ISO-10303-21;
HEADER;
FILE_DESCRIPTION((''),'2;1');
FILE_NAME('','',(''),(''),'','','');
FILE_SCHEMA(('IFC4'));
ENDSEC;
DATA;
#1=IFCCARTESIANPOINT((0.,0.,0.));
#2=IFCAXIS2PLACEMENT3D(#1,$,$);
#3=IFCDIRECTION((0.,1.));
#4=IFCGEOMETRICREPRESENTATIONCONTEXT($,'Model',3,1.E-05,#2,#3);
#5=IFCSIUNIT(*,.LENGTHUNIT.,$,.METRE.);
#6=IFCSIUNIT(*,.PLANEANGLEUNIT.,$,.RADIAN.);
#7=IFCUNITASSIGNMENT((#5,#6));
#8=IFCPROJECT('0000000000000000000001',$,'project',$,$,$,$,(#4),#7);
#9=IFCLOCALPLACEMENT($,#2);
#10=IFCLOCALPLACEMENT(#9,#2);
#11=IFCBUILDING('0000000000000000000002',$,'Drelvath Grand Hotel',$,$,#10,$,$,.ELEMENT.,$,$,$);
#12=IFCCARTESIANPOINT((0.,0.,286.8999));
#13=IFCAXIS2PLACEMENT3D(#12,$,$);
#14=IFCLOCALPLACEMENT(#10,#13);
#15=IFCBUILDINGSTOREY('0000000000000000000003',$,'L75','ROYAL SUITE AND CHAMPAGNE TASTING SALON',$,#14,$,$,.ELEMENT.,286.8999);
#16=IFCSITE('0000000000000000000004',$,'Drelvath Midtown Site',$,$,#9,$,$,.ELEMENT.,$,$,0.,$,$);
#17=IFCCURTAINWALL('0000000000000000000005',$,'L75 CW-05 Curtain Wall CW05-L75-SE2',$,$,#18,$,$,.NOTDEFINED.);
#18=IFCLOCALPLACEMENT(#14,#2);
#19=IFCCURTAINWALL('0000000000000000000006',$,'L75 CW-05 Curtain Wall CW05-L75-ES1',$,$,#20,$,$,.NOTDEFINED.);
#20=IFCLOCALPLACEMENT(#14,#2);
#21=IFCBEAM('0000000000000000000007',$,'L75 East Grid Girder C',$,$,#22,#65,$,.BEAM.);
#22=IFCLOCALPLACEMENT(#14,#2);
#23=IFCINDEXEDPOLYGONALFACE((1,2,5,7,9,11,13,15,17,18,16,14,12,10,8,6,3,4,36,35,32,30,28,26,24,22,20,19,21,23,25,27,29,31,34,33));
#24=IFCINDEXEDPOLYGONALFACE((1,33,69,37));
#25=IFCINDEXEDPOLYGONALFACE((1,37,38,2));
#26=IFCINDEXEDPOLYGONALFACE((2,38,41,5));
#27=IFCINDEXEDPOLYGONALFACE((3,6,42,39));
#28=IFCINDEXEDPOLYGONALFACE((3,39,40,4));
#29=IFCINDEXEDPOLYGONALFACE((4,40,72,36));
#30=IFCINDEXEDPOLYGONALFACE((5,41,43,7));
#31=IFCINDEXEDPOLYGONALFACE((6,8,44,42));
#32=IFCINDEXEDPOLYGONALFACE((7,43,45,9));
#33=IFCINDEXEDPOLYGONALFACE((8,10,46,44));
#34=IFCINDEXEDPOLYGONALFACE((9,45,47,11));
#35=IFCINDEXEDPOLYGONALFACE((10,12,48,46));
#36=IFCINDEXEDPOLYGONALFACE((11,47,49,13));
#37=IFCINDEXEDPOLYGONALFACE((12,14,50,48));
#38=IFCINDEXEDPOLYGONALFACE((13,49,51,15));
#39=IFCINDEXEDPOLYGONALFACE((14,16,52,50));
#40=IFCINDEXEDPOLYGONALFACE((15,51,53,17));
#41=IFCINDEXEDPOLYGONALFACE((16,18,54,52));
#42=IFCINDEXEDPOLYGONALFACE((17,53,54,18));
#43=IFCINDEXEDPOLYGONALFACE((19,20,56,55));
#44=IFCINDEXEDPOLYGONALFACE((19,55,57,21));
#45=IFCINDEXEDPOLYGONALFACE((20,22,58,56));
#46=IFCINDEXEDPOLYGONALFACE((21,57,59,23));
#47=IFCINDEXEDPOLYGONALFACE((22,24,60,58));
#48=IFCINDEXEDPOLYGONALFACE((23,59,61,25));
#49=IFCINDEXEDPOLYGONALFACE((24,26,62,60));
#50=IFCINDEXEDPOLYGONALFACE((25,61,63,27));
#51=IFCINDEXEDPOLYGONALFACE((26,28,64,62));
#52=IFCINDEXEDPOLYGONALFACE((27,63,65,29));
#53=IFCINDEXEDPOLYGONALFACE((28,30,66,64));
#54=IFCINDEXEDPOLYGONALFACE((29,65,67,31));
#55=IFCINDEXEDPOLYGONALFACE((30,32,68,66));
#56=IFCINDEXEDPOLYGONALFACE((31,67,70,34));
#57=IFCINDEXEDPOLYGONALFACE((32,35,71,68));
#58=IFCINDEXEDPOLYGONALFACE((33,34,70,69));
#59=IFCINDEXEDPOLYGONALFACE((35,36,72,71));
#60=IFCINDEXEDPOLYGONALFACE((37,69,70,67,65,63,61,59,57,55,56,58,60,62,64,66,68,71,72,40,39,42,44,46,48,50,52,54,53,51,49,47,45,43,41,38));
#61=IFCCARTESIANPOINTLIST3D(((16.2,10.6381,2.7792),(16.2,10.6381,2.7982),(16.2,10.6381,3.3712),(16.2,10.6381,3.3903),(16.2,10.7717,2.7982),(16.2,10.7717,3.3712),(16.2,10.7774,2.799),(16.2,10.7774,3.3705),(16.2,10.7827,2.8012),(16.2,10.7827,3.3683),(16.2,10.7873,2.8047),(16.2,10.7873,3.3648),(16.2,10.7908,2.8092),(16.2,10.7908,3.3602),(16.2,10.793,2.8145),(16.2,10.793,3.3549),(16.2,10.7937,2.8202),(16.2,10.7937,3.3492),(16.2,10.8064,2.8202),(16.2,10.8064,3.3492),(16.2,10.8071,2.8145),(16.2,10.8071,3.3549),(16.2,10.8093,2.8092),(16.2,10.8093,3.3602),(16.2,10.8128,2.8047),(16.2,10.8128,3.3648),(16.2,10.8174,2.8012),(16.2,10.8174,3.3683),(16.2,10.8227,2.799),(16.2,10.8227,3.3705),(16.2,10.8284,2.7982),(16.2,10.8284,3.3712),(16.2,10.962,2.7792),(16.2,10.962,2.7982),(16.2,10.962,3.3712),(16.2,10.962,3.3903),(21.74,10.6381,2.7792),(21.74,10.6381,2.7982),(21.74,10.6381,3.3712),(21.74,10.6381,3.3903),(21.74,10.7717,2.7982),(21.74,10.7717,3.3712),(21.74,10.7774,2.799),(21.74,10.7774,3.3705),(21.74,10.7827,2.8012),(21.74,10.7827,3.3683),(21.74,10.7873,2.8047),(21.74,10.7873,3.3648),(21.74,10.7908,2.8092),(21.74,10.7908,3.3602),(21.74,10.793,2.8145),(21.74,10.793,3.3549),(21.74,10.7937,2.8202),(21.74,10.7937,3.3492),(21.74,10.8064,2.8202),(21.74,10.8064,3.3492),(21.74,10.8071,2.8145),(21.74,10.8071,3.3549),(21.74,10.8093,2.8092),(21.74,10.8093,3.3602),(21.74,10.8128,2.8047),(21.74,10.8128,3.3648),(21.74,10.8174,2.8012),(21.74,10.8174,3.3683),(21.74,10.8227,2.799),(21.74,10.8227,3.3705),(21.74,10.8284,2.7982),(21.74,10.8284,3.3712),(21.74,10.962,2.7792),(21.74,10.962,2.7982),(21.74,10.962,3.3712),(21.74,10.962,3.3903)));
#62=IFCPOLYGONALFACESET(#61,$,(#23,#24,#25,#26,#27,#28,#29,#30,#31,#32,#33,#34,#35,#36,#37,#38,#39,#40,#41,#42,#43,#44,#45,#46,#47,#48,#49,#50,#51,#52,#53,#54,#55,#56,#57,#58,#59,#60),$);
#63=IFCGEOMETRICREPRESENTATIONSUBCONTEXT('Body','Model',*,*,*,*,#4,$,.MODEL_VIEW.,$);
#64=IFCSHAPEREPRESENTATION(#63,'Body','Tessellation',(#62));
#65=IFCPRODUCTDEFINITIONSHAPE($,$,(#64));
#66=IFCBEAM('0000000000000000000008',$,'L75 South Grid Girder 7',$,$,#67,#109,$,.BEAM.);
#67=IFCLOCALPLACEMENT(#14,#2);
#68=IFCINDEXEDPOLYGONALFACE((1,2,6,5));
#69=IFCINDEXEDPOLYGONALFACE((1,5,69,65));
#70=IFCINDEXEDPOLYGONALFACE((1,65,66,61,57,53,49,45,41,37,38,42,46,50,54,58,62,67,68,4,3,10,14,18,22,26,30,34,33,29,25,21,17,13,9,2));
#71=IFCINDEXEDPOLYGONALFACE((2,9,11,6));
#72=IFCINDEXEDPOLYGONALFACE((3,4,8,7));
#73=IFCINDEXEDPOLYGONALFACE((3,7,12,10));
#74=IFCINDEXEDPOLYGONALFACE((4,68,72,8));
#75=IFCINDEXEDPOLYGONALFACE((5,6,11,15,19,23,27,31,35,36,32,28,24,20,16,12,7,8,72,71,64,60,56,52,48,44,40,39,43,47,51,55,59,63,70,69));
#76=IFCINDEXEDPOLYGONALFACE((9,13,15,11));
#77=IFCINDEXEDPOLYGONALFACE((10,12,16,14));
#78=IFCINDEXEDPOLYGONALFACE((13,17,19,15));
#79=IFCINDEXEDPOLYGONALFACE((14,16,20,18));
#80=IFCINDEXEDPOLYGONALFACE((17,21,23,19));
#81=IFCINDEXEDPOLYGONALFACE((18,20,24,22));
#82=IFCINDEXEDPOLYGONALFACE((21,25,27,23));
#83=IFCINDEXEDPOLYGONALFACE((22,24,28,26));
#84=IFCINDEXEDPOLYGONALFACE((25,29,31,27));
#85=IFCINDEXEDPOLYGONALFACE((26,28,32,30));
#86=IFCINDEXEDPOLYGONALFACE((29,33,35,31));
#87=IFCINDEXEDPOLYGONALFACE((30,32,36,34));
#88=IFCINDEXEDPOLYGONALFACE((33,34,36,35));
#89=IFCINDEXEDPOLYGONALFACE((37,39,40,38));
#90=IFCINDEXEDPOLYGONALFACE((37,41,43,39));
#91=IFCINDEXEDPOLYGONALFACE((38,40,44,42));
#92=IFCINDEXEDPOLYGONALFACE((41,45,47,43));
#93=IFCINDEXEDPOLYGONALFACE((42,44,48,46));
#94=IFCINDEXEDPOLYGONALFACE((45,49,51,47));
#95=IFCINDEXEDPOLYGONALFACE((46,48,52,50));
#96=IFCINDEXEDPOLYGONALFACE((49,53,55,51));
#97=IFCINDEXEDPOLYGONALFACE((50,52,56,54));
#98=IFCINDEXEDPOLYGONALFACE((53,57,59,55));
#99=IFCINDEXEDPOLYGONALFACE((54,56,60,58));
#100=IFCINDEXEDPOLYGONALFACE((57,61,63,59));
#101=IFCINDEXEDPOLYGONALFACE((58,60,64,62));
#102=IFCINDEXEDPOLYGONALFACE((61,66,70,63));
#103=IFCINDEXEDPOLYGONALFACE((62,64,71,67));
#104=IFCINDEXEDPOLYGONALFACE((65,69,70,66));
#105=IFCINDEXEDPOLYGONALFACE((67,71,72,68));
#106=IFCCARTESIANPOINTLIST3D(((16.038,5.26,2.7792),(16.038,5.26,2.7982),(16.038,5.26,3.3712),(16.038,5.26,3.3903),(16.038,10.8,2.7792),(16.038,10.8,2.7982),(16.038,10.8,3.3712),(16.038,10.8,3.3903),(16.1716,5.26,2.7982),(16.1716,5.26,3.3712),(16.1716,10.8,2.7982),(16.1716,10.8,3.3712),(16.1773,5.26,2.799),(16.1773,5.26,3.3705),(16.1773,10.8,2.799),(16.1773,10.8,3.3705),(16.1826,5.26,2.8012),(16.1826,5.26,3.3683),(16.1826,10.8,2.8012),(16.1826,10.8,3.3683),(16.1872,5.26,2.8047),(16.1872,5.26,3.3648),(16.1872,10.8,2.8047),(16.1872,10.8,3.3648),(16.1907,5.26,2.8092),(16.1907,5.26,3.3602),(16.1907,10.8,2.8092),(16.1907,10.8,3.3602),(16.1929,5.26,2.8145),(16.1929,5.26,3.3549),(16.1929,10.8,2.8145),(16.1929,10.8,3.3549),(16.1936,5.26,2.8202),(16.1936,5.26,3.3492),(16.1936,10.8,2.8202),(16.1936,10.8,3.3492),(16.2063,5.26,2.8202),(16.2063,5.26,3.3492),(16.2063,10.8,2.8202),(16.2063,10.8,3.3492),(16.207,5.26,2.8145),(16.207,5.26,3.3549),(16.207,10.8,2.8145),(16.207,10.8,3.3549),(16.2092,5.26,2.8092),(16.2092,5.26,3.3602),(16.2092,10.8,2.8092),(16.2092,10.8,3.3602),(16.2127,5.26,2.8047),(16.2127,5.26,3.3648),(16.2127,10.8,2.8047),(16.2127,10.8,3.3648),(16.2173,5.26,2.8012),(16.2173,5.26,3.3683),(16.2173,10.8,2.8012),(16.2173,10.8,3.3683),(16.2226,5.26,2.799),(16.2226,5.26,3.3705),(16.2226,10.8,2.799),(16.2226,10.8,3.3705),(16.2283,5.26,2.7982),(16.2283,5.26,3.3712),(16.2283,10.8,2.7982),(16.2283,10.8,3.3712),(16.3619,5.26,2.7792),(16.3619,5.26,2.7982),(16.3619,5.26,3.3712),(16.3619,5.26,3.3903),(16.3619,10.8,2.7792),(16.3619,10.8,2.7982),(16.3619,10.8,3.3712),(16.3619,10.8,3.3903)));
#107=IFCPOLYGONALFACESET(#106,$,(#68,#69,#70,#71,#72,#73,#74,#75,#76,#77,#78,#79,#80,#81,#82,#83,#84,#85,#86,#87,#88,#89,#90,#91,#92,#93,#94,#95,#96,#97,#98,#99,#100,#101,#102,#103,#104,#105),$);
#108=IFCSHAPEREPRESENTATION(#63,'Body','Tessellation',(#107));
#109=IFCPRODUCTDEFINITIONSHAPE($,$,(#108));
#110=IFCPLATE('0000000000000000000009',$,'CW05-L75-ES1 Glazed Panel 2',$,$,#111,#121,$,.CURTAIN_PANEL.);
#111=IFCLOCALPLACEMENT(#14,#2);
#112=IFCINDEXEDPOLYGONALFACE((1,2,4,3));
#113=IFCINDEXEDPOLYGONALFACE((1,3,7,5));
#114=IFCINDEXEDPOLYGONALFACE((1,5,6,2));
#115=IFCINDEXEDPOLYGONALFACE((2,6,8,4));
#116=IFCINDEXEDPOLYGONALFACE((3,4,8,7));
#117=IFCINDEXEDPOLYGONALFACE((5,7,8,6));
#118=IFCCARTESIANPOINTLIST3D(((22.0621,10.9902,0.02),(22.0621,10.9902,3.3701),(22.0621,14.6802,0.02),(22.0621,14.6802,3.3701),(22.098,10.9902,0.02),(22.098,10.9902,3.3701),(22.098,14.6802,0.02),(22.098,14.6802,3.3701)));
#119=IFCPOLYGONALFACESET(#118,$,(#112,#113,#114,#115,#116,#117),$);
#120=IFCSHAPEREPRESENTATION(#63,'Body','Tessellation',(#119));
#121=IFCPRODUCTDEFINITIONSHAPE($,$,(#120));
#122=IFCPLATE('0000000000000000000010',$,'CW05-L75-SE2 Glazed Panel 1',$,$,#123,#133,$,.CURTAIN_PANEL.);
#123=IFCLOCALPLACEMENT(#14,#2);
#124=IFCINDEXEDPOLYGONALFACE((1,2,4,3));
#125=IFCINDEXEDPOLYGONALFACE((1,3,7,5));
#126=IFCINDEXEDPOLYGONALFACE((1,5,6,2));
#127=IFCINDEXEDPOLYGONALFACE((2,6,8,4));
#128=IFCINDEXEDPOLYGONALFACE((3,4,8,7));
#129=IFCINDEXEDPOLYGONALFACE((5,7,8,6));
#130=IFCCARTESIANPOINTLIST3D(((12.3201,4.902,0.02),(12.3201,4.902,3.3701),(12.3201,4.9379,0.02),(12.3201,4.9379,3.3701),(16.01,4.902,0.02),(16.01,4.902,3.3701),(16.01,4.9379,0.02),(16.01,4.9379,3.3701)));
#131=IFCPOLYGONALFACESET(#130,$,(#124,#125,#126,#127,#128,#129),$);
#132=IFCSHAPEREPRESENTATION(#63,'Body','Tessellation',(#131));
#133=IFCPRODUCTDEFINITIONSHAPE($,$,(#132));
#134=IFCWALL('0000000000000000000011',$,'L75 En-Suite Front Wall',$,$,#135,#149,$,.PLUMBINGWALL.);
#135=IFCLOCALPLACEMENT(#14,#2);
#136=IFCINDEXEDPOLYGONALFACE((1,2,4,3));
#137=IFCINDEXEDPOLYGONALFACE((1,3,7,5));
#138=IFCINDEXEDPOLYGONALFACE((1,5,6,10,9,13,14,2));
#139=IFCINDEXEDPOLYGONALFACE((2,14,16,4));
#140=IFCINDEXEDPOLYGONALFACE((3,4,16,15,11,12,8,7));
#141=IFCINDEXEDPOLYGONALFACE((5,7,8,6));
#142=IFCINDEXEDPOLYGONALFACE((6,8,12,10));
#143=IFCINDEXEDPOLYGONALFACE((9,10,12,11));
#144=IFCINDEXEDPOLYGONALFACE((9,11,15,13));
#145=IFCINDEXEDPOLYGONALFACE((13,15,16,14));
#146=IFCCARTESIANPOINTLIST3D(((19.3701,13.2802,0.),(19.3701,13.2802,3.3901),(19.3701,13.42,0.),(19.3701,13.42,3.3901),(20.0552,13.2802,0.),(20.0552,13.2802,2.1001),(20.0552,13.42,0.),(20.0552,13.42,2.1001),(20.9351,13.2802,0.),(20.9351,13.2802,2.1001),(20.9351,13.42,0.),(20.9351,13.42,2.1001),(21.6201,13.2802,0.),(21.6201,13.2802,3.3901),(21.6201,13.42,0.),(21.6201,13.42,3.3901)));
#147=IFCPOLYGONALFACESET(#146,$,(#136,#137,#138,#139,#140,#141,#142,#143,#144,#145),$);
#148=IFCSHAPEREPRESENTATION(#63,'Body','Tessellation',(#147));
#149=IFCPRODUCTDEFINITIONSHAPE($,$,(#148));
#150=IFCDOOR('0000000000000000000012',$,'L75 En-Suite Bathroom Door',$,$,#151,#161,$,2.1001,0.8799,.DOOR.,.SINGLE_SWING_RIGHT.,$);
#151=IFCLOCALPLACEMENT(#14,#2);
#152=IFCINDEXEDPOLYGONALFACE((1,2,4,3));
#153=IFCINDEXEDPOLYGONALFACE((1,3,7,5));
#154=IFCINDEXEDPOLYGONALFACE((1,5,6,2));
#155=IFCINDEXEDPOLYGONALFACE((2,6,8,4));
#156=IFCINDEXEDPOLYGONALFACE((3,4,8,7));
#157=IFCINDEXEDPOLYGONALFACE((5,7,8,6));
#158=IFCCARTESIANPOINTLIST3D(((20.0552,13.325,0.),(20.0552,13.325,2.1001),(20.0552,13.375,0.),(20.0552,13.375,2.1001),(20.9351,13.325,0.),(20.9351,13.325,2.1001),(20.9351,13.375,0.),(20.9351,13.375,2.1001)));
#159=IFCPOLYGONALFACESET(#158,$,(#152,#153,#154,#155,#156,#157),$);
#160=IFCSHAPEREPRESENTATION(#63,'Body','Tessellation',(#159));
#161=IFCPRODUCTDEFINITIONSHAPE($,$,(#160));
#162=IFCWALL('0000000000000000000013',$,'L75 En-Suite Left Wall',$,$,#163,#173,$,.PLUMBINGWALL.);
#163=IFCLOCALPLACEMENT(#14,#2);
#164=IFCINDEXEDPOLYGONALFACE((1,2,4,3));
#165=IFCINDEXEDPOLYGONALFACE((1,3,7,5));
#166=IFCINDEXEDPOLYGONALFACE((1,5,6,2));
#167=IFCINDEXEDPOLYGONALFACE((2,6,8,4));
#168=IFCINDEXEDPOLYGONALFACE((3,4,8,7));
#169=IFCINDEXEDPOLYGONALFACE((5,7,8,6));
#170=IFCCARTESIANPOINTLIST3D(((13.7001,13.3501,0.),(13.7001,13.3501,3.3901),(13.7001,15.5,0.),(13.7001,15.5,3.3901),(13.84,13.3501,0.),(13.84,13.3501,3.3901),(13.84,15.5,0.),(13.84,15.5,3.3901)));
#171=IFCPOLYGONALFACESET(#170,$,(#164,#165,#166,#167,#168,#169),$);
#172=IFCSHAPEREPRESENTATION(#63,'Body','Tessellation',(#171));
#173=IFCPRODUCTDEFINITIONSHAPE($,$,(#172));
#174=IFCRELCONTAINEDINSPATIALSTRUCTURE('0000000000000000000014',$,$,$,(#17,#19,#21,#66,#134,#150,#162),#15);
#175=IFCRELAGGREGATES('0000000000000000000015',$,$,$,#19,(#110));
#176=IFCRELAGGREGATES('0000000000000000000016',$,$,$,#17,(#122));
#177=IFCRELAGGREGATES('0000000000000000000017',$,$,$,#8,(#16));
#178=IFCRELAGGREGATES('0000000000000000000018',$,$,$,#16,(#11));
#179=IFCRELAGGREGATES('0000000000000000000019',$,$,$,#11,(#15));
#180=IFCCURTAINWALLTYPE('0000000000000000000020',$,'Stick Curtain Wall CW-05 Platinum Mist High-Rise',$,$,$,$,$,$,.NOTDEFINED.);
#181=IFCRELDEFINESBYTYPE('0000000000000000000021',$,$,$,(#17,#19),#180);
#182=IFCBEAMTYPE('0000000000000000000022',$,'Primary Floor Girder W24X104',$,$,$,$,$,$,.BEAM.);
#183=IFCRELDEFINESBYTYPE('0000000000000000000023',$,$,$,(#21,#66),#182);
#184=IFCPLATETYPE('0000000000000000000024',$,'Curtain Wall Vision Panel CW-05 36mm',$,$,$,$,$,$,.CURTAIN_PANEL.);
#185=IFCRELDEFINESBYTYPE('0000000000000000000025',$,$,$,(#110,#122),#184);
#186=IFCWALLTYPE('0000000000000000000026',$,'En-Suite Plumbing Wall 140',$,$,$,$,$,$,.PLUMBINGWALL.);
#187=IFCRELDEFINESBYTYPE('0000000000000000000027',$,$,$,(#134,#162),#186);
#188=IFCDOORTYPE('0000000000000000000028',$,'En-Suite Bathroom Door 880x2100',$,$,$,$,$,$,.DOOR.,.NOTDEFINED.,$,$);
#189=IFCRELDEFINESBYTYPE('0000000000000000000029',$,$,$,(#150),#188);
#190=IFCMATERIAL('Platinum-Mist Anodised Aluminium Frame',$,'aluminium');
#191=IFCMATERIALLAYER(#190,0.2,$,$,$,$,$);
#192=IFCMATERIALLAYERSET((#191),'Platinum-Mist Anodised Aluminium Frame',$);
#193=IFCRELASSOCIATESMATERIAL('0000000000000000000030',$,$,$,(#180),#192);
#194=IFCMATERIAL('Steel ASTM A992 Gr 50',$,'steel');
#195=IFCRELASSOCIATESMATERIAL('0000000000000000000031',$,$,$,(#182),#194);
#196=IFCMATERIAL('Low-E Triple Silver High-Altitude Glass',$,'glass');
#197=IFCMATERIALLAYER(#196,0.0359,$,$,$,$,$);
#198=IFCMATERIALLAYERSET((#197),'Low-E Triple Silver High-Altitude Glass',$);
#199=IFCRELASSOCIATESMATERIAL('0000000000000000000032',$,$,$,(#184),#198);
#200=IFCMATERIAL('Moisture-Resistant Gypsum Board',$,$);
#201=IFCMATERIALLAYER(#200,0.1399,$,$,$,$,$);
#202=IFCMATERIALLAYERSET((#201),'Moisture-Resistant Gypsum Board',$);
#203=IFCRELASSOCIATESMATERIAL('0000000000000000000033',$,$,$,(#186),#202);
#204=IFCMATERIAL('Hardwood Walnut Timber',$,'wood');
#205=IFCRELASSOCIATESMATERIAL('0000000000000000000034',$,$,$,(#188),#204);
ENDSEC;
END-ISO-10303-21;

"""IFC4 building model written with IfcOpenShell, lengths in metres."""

from ifc_helpers import new_model, si_unit, direction, frame, frame_2d, origin, origin_2d, place, context, subcontext, project, spatial, rectangle, i_section, extrude, material, layer, layer_set, material_profile, profile_set, type_object, element, fill, aggregate, save


model = new_model("IFC4")

# Units and contexts
model_context = context("Model", 3, precision=1e-05, world=origin(), true_north=direction((0.0, 1.0)))
body_context = subcontext(model_context, "Body", "Model", "MODEL_VIEW")
ifc_project = project(units=[si_unit("LENGTHUNIT", "METRE"), si_unit("PLANEANGLEUNIT", "RADIAN")], contexts=[model_context])

# Site, building, storey
site_placement = place(None, origin())
site = spatial("IfcSite", under=ifc_project, at=site_placement, Name="Drelvath Midtown Site", CompositionType="ELEMENT", RefElevation=0.0)
building_placement = place(site_placement, origin())
building = spatial("IfcBuilding", under=site, at=building_placement, Name="Drelvath Grand Hotel", CompositionType="ELEMENT")
storey_placement = place(building_placement, frame((0.0, 0.0, 286.8999)))
storey = spatial("IfcBuildingStorey", under=building, at=storey_placement, Name="L75", Description="ROYAL SUITE AND CHAMPAGNE TASTING SALON", CompositionType="ELEMENT", Elevation=286.8999)

# Shared definitions
ifc_material_1 = material(Name="Steel ASTM A992 Gr 50", Category="steel")

# Curtain wall
ifc_material_2 = material(Name="Platinum-Mist Anodised Aluminium Frame", Category="aluminium")
ifc_layer_1 = layer(ifc_material_2, 0.2)
ifc_layer_set_1 = layer_set([ifc_layer_1], Name="Platinum-Mist Anodised Aluminium Frame")
curtain_wall_type = type_object("IfcCurtainWallType", Name="Stick Curtain Wall CW-05 Platinum Mist High-Rise", PredefinedType="NOTDEFINED", material=ifc_layer_set_1)
curtain_wall_1_placement = place(storey_placement, origin())
curtain_wall_1 = element("IfcCurtainWall", 1, at=curtain_wall_1_placement, inside=storey, type_object=curtain_wall_type, Name="L75 CW-05 Curtain Wall CW05-L75-SE2", PredefinedType="NOTDEFINED")

# Curtain wall
curtain_wall_2_placement = place(storey_placement, origin())
curtain_wall_2 = element("IfcCurtainWall", 2, at=curtain_wall_2_placement, inside=storey, type_object=curtain_wall_type, Name="L75 CW-05 Curtain Wall CW05-L75-ES1", PredefinedType="NOTDEFINED")

# Beams
ifc_material_profile_1 = material_profile(ifc_material_1, i_section(OverallWidth=0.324, OverallDepth=0.6111, WebThickness=0.0127, FlangeThickness=0.019, FilletRadius=0.022, at=origin_2d()), Name="W24X104")
ifc_profile_set_1 = profile_set([ifc_material_profile_1], Name="Steel ASTM A992 Gr 50")
beam_type_1 = type_object("IfcBeamType", Name="Primary Floor Girder W24X104", PredefinedType="BEAM", material=ifc_profile_set_1)
for number, where, z_axis, x_axis, name in (
    (3, (16.2, 10.8, 3.0847), (1.0, 0.0, 0.0), (0.0, 1.0, 0.0), "L75 East Grid Girder C"),
    (4, (16.2, 5.26, 3.0847), (0.0, 1.0, 0.0), (-1.0, 0.0, 0.0), "L75 South Grid Girder 7"),
):
    element("IfcBeam", number, at=place(storey_placement, frame(where, z_axis=z_axis, x_axis=x_axis)), inside=storey, type_object=beam_type_1, Name=name, PredefinedType="BEAM", context=body_context, shape_type="SweptSolid", body=[
        extrude(i_section(OverallWidth=0.324, OverallDepth=0.6111, WebThickness=0.0127, FlangeThickness=0.019, FilletRadius=0.022, at=origin_2d()), origin(), (0.0, 0.0, 1.0), 5.54),
    ])

# Plates
ifc_material_3 = material(Name="Low-E Triple Silver High-Altitude Glass", Category="glass")
ifc_layer_2 = layer(ifc_material_3, 0.0359)
ifc_layer_set_2 = layer_set([ifc_layer_2], Name="Low-E Triple Silver High-Altitude Glass")
plate_type = type_object("IfcPlateType", Name="Curtain Wall Vision Panel CW-05 36mm", PredefinedType="CURTAIN_PANEL", material=ifc_layer_set_2)
plate_1_placement = place(storey_placement, frame((22.0801, 12.8352, 0.02), z_axis=(0.0, 0.0, 1.0), x_axis=(0.0, -1.0, 0.0)))
plate_1 = element("IfcPlate", 5, at=plate_1_placement, type_object=plate_type, Name="CW05-L75-ES1 Glazed Panel 2", PredefinedType="CURTAIN_PANEL", context=body_context, shape_type="SweptSolid", body=[
    extrude(rectangle(XDim=3.6899, YDim=0.0359, at=origin_2d()), origin(), (0.0, 0.0, 1.0), 3.3501),
])
aggregate(curtain_wall_2, [plate_1])
plate_2_placement = place(storey_placement, frame((14.165, 4.9199, 0.02), z_axis=(0.0, 0.0, 1.0), x_axis=(-1.0, 0.0, 0.0)))
plate_2 = element("IfcPlate", 6, at=plate_2_placement, type_object=plate_type, Name="CW05-L75-SE2 Glazed Panel 1", PredefinedType="CURTAIN_PANEL", context=body_context, shape_type="SweptSolid", body=[
    extrude(rectangle(XDim=3.6899, YDim=0.0359, at=origin_2d()), origin(), (0.0, 0.0, 1.0), 3.3501),
])
aggregate(curtain_wall_1, [plate_2])

# Wall, opening, door
ifc_material_4 = material(Name="Moisture-Resistant Gypsum Board")
ifc_layer_3 = layer(ifc_material_4, 0.1399)
ifc_layer_set_3 = layer_set([ifc_layer_3], Name="Moisture-Resistant Gypsum Board")
wall_type_1 = type_object("IfcWallType", Name="En-Suite Plumbing Wall 140", PredefinedType="PLUMBINGWALL", material=ifc_layer_set_3)
wall_1_placement = place(storey_placement, frame((19.3701, 13.3501, 0.0), z_axis=(0.0, 0.0, 1.0), x_axis=(1.0, 0.0, 0.0)))
wall_1 = element("IfcWall", 7, at=wall_1_placement, inside=storey, type_object=wall_type_1, Name="L75 En-Suite Front Wall", PredefinedType="PLUMBINGWALL", context=body_context, shape_type="SweptSolid", body=[
    extrude(rectangle(XDim=2.25, YDim=0.1399, at=frame_2d((1.125, 0.0))), origin(), (0.0, 0.0, 1.0), 3.3901),
])
opening_1_placement = place(wall_1_placement, frame((0.6851, 0.0, 0.0)))
opening_1 = element("IfcOpeningElement", 8, at=opening_1_placement, cuts=wall_1, PredefinedType="OPENING", context=body_context, shape_type="SweptSolid", body=[
    extrude(rectangle(XDim=0.8799, YDim=2.1001, at=frame_2d((0.4399, 1.05))), frame((0.0, 0.0798, 0.0), z_axis=(0.0, -1.0, 0.0), x_axis=(1.0, 0.0, 0.0)), (0.0, 0.0, 1.0), 0.1599),
])
ifc_material_5 = material(Name="Hardwood Walnut Timber", Category="wood")
door_type = type_object("IfcDoorType", Name="En-Suite Bathroom Door 880x2100", OperationType="NOTDEFINED", PredefinedType="DOOR", material=ifc_material_5)
door_1_placement = place(opening_1_placement, origin())
door_1 = element("IfcDoor", 9, at=door_1_placement, inside=storey, type_object=door_type, Name="L75 En-Suite Bathroom Door", OperationType="SINGLE_SWING_RIGHT", OverallHeight=2.1001, OverallWidth=0.8799, PredefinedType="DOOR", context=body_context, shape_type="SweptSolid", body=[
    extrude(rectangle(XDim=0.8799, YDim=2.1001, at=frame_2d((0.4399, 1.05))), frame((0.0, 0.0249, 0.0), z_axis=(0.0, -1.0, 0.0), x_axis=(1.0, 0.0, 0.0)), (0.0, 0.0, 1.0), 0.05),
])
fill(opening_1, door_1)

# Wall
wall_2_placement = place(storey_placement, frame((13.77, 15.5, 0.0), z_axis=(0.0, 0.0, 1.0), x_axis=(0.0, -1.0, 0.0)))
element("IfcWall", 10, at=wall_2_placement, inside=storey, type_object=wall_type_1, Name="L75 En-Suite Left Wall", PredefinedType="PLUMBINGWALL", context=body_context, shape_type="SweptSolid", body=[
    extrude(rectangle(XDim=2.1499, YDim=0.1399, at=frame_2d((1.075, 0.0))), origin(), (0.0, 0.0, 1.0), 3.3901),
])

save(model, "model.ifc")
